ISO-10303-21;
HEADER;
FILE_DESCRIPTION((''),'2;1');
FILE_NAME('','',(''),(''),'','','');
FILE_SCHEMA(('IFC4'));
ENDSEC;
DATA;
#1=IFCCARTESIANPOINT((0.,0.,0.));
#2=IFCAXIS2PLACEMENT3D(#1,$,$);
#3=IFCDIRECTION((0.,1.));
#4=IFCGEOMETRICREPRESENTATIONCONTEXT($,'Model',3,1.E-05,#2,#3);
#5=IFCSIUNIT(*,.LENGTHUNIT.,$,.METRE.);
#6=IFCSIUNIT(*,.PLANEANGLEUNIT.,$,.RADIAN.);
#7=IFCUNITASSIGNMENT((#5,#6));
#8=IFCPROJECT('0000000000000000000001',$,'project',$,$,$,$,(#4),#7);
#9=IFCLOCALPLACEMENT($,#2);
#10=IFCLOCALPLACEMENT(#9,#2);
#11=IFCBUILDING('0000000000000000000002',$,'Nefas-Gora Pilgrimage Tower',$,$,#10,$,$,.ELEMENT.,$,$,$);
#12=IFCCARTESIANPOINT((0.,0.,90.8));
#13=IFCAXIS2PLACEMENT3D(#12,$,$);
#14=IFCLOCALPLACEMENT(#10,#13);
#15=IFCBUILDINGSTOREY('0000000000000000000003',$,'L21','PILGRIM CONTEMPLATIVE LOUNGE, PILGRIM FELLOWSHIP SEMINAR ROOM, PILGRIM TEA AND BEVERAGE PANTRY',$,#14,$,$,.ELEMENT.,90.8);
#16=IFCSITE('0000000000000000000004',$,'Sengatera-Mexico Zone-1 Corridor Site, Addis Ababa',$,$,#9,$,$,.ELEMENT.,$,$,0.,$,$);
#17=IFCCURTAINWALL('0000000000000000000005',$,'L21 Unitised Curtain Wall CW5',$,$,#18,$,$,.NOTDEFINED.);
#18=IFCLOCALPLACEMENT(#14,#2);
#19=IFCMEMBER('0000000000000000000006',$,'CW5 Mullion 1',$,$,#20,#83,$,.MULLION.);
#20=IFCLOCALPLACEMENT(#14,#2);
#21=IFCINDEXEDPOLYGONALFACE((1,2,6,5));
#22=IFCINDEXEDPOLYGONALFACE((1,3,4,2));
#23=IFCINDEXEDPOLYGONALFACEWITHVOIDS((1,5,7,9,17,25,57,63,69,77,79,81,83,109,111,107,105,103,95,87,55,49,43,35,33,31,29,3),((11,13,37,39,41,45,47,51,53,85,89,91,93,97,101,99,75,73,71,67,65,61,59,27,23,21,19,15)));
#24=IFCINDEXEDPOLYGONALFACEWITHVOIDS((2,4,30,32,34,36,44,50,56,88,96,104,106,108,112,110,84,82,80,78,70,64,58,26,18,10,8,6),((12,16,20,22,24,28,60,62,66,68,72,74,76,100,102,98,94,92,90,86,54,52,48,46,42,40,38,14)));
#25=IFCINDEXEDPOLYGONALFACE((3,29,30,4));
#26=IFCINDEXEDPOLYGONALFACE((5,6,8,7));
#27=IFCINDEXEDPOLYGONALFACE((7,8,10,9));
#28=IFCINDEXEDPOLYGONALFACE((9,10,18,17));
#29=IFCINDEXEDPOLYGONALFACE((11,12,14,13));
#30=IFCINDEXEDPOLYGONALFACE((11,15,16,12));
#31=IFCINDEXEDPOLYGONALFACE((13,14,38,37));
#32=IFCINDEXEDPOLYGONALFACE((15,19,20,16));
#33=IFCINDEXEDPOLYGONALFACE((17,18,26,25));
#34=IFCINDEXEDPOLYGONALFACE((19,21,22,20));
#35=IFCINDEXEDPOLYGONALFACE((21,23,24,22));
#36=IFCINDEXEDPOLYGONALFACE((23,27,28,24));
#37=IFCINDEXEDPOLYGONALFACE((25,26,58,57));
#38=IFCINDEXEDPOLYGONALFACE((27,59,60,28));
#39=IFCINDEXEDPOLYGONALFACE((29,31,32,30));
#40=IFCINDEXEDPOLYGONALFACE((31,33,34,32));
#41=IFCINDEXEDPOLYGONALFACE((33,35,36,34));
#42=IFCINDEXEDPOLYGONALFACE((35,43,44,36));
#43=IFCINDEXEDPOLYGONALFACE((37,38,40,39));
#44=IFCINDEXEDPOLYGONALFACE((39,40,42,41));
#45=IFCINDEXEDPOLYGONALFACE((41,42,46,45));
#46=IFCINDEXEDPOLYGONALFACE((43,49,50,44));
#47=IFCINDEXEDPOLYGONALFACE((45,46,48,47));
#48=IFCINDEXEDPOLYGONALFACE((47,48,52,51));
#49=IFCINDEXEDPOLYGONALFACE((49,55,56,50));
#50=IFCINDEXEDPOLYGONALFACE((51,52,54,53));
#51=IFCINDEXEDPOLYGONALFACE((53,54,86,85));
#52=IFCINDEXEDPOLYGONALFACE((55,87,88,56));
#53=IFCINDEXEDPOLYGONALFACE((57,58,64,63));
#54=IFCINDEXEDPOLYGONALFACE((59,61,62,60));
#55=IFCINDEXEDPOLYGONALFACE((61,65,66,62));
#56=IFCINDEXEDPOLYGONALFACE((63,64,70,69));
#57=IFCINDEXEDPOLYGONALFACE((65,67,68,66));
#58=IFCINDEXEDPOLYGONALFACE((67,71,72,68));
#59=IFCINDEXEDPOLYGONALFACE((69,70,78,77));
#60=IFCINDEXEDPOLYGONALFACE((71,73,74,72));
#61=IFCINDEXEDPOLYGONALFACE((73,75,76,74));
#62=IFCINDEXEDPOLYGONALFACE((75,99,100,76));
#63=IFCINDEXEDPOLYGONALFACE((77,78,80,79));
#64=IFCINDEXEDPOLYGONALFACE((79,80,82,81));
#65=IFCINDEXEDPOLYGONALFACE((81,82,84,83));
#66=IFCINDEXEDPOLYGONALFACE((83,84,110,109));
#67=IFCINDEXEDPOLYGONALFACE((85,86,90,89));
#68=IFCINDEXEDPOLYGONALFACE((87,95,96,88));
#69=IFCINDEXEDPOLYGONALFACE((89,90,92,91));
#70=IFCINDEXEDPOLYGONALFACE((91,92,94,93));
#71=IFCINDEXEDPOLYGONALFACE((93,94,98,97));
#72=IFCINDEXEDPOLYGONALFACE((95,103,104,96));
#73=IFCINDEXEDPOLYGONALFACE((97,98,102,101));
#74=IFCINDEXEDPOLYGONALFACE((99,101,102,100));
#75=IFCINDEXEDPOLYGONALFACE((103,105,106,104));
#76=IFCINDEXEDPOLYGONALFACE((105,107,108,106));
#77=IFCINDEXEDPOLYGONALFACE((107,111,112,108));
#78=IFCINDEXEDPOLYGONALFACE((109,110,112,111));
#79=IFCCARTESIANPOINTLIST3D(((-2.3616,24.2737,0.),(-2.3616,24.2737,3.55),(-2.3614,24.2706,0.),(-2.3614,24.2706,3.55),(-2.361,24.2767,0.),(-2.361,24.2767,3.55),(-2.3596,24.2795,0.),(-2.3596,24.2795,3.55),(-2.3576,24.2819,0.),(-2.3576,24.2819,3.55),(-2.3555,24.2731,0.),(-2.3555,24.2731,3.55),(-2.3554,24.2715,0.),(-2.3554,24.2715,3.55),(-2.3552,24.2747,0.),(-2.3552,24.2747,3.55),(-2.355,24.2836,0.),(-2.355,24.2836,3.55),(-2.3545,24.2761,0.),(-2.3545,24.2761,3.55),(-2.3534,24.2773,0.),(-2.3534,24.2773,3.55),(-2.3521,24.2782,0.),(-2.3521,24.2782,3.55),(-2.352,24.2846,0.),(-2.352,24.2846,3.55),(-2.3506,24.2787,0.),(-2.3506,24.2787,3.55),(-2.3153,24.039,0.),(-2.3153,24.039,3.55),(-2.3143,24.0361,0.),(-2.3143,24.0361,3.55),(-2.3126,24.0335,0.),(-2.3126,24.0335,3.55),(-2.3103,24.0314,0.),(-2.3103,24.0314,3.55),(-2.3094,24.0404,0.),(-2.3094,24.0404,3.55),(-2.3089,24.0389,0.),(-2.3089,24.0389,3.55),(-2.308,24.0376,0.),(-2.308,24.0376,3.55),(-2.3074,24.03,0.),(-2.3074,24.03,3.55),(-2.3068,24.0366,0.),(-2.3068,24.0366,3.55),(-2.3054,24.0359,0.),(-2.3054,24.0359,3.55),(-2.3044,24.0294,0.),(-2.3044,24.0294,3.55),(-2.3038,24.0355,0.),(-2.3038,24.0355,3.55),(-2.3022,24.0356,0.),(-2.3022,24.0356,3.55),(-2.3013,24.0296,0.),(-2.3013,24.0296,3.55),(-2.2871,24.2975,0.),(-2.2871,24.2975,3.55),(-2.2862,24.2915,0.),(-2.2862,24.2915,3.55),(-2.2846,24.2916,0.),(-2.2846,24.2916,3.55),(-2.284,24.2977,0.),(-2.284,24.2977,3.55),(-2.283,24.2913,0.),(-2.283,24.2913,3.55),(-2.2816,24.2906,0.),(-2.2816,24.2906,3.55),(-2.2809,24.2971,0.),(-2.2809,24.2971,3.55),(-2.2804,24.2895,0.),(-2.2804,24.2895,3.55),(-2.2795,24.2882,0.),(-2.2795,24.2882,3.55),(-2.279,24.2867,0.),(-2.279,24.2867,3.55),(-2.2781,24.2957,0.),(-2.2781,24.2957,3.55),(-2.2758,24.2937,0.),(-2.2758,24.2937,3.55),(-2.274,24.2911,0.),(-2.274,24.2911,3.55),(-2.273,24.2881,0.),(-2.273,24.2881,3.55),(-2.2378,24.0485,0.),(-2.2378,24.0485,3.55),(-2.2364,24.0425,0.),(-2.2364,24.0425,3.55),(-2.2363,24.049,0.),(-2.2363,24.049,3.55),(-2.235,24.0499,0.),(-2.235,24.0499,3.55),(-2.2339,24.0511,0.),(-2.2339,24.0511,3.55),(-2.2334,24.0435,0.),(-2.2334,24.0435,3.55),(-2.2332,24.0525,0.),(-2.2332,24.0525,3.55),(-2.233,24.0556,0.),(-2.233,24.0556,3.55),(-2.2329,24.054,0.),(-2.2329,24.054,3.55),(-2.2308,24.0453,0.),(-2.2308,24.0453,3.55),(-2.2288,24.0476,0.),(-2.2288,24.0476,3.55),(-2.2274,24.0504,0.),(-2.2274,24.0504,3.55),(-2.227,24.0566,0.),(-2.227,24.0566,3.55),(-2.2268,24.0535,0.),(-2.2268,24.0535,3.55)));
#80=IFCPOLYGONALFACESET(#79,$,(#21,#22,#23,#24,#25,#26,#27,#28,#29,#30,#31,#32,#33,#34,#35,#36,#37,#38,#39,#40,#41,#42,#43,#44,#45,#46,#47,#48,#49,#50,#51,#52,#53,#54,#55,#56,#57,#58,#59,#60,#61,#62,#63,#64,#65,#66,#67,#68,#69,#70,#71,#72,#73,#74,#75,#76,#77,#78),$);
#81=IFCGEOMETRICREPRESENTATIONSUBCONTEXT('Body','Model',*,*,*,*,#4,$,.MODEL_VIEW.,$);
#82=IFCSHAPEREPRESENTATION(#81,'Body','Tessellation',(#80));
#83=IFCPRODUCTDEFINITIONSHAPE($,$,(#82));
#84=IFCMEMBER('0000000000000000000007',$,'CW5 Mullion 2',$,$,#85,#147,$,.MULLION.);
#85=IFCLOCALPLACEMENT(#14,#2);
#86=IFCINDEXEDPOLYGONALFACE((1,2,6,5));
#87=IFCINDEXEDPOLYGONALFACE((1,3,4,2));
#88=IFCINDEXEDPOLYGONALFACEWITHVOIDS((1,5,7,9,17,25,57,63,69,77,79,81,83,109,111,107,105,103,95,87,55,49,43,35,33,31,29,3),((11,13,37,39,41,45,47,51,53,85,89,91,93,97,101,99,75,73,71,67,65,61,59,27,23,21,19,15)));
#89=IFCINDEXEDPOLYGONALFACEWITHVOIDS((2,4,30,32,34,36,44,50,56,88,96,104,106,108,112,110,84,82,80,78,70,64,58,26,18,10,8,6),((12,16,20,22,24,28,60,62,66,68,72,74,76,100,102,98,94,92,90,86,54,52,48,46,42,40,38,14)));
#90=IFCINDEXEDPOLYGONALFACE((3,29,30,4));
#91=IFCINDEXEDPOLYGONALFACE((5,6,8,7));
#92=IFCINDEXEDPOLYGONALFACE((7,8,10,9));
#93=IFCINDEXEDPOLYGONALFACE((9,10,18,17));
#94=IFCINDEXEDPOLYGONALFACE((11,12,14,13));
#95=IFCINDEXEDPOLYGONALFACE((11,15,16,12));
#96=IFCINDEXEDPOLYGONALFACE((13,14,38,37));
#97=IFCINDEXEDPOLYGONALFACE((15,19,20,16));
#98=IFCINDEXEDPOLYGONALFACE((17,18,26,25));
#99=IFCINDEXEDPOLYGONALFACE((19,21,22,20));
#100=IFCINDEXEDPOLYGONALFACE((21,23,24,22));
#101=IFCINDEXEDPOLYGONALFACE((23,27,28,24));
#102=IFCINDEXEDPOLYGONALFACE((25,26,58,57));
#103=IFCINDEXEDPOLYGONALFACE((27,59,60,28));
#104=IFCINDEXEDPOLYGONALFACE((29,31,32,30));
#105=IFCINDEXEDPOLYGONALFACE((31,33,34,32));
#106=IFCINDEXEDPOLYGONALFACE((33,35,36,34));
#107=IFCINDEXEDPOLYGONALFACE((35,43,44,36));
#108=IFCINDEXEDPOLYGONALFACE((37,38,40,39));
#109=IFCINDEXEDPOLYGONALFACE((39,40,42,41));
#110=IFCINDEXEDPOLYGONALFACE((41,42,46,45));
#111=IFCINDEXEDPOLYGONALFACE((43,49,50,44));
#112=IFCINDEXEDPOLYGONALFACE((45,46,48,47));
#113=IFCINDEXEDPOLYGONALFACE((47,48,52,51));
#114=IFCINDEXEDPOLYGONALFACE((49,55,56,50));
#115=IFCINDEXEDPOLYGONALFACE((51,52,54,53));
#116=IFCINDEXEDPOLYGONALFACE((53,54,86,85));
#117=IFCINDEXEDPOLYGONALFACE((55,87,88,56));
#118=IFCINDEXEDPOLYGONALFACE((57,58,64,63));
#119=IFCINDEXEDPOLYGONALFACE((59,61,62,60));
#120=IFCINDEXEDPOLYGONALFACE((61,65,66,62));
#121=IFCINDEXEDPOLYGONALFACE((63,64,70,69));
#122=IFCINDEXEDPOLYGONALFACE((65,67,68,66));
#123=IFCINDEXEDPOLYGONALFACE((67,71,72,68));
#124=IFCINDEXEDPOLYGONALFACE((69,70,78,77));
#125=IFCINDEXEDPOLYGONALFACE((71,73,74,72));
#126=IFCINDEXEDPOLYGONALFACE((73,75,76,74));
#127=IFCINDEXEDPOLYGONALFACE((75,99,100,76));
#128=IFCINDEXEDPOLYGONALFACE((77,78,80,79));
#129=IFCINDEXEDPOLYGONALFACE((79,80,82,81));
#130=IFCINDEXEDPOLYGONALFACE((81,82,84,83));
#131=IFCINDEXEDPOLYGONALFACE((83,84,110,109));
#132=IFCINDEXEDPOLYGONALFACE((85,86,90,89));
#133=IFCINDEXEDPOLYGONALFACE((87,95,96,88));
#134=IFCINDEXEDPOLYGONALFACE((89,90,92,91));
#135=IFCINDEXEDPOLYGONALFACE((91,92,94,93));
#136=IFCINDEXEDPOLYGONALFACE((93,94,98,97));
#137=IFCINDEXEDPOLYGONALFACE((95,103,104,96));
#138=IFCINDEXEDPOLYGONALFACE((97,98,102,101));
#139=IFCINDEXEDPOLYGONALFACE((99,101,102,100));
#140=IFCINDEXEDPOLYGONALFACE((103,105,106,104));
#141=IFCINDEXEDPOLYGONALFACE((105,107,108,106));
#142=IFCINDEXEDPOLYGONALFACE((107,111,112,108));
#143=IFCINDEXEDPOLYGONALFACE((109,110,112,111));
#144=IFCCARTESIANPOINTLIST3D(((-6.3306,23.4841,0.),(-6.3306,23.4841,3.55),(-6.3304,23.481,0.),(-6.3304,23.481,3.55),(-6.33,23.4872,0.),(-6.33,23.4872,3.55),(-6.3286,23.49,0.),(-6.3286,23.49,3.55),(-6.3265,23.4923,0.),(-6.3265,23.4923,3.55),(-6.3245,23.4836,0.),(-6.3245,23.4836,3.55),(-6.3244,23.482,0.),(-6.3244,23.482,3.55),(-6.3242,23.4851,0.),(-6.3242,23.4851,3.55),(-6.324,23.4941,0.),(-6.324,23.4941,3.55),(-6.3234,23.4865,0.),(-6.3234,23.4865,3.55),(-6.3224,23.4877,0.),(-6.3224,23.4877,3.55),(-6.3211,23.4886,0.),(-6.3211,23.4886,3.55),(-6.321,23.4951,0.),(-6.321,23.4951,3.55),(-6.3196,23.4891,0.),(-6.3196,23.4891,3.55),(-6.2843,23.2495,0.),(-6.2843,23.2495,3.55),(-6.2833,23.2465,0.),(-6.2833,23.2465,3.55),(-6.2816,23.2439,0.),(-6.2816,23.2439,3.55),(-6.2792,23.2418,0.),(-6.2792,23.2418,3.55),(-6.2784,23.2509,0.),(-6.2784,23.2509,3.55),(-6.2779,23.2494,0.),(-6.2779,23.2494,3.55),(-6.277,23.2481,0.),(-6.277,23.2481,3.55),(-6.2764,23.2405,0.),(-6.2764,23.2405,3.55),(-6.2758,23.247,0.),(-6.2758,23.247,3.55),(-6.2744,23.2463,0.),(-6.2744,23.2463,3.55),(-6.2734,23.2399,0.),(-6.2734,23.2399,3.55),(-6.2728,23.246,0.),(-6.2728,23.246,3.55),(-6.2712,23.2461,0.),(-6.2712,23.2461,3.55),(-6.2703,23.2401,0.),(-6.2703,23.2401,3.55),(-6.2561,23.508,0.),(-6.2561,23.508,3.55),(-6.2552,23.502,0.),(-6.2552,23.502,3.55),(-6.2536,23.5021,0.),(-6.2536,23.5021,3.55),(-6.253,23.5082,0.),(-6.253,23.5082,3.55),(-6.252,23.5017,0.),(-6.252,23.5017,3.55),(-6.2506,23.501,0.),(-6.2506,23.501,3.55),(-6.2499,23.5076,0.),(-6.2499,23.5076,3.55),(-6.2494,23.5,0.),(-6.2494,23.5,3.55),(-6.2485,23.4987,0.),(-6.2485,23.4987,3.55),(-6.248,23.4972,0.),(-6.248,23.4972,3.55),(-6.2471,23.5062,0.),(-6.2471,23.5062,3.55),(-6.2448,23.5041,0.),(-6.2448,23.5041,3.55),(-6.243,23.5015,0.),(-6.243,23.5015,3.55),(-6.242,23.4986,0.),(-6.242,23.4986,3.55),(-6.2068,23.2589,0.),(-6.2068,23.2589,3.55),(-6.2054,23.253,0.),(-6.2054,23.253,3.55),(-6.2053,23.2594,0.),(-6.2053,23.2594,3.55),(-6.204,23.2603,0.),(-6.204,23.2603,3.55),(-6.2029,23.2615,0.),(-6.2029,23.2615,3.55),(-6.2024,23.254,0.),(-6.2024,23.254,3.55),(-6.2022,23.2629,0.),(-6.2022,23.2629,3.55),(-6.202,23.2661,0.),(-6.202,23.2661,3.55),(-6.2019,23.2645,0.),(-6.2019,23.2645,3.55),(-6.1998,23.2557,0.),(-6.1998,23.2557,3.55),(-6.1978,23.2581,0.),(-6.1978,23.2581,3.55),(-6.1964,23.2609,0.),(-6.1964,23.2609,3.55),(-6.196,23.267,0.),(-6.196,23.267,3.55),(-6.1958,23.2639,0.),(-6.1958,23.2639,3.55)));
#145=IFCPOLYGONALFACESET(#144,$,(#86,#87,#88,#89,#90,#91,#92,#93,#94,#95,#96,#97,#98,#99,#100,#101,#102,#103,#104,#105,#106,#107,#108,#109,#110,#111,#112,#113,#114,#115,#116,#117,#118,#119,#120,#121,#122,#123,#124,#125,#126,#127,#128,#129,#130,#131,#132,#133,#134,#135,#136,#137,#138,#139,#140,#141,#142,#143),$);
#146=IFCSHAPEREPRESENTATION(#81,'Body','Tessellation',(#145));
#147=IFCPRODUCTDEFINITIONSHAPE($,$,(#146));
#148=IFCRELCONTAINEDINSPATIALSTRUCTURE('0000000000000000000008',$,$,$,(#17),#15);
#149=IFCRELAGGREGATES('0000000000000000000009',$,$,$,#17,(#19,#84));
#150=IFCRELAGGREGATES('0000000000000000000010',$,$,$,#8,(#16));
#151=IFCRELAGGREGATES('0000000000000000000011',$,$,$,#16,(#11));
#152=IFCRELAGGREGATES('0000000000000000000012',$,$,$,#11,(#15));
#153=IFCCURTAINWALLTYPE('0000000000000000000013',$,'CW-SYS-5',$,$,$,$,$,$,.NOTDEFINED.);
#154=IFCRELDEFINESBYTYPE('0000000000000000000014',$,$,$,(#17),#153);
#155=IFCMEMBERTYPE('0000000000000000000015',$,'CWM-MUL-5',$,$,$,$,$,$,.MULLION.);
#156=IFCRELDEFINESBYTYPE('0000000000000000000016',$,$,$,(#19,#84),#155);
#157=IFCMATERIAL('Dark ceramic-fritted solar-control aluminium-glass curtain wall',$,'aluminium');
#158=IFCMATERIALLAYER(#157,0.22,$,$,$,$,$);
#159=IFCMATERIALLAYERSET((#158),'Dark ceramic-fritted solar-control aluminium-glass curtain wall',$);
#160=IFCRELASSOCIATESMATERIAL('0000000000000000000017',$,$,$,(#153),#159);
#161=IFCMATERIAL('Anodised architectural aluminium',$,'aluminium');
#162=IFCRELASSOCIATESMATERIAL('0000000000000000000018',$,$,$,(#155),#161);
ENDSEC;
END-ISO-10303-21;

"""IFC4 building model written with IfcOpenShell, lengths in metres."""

from ifc_helpers import new_model, si_unit, direction, frame, origin, origin_2d, place, context, subcontext, project, spatial, hollow_rectangle, extrude, source, transform, mapped, material, layer, layer_set, material_profile, profile_set, type_object, element, aggregate, save


model = new_model("IFC4")

# Units and contexts
model_context = context("Model", 3, precision=1e-05, world=origin(), true_north=direction((0.0, 1.0)))
body_context = subcontext(model_context, "Body", "Model", "MODEL_VIEW")
ifc_project = project(units=[si_unit("LENGTHUNIT", "METRE"), si_unit("PLANEANGLEUNIT", "RADIAN")], contexts=[model_context])

# Site, building, storey
site_placement = place(None, origin())
site = spatial("IfcSite", under=ifc_project, at=site_placement, Name="Sengatera-Mexico Zone-1 Corridor Site, Addis Ababa", CompositionType="ELEMENT", RefElevation=0.0)
building_placement = place(site_placement, origin())
building = spatial("IfcBuilding", under=site, at=building_placement, Name="Nefas-Gora Pilgrimage Tower", CompositionType="ELEMENT")
storey_placement = place(building_placement, frame((0.0, 0.0, 90.8)))
storey = spatial("IfcBuildingStorey", under=building, at=storey_placement, Name="L21", Description="PILGRIM CONTEMPLATIVE LOUNGE, PILGRIM FELLOWSHIP SEMINAR ROOM, PILGRIM TEA AND BEVERAGE PANTRY", CompositionType="ELEMENT", Elevation=90.8)

# Curtain wall, members
ifc_material_1 = material(Name="Dark ceramic-fritted solar-control aluminium-glass curtain wall", Category="aluminium")
ifc_layer_1 = layer(ifc_material_1, 0.22)
ifc_layer_set_1 = layer_set([ifc_layer_1], Name="Dark ceramic-fritted solar-control aluminium-glass curtain wall")
curtain_wall_type = type_object("IfcCurtainWallType", Name="CW-SYS-5", PredefinedType="NOTDEFINED", material=ifc_layer_set_1)
curtain_wall_1_placement = place(storey_placement, origin())
curtain_wall_1 = element("IfcCurtainWall", 1, at=curtain_wall_1_placement, inside=storey, type_object=curtain_wall_type, Name="L21 Unitised Curtain Wall CW5", PredefinedType="NOTDEFINED")
ifc_material_2 = material(Name="Anodised architectural aluminium", Category="aluminium")
ifc_material_profile_1 = material_profile(ifc_material_2, hollow_rectangle(XDim=0.0901, YDim=0.26, WallThickness=0.0061, InnerFilletRadius=0.0061, OuterFilletRadius=0.012, at=origin_2d()), Name="ALU MULLION 90x260")
ifc_profile_set_1 = profile_set([ifc_material_profile_1], Name="Anodised architectural aluminium")
member_type_1 = type_object("IfcMemberType", Name="CWM-MUL-5", PredefinedType="MULLION", material=ifc_profile_set_1)
shared_shape_1 = source(origin(), body_context, "Body", "SweptSolid", [
    extrude(hollow_rectangle(XDim=0.0901, YDim=0.26, WallThickness=0.0061, InnerFilletRadius=0.0061, OuterFilletRadius=0.012, at=origin_2d()), origin(), (0.0, 0.0, 1.0), 3.55),
])
member_1_placement = place(storey_placement, frame((-2.2942, 24.1636, 0.0), z_axis=(0.0, 0.0, 1.0), x_axis=(-0.980783, -0.195102, 0.0)))
member_1 = element("IfcMember", 2, at=member_1_placement, type_object=member_type_1, Name="CW5 Mullion 1", PredefinedType="MULLION", context=body_context, shape_type="MappedRepresentation", body=[
    mapped(shared_shape_1, transform((0.0, 0.0, 0.0), x_axis=(1.0, 0.0, 0.0), y_axis=(0.0, 1.0, 0.0), z_axis=(0.0, 0.0, 1.0), scale=1.0)),
])
member_2_placement = place(storey_placement, frame((-6.2632, 23.374, 0.0), z_axis=(0.0, 0.0, 1.0), x_axis=(-0.980783, -0.195102, 0.0)))
member_2 = element("IfcMember", 3, at=member_2_placement, type_object=member_type_1, Name="CW5 Mullion 2", PredefinedType="MULLION", context=body_context, shape_type="MappedRepresentation", body=[
    mapped(shared_shape_1, transform((0.0, 0.0, 0.0), x_axis=(1.0, 0.0, 0.0), y_axis=(0.0, 1.0, 0.0), z_axis=(0.0, 0.0, 1.0), scale=1.0)),
])

aggregate(curtain_wall_1, [member_1, member_2])

save(model, "model.ifc")
